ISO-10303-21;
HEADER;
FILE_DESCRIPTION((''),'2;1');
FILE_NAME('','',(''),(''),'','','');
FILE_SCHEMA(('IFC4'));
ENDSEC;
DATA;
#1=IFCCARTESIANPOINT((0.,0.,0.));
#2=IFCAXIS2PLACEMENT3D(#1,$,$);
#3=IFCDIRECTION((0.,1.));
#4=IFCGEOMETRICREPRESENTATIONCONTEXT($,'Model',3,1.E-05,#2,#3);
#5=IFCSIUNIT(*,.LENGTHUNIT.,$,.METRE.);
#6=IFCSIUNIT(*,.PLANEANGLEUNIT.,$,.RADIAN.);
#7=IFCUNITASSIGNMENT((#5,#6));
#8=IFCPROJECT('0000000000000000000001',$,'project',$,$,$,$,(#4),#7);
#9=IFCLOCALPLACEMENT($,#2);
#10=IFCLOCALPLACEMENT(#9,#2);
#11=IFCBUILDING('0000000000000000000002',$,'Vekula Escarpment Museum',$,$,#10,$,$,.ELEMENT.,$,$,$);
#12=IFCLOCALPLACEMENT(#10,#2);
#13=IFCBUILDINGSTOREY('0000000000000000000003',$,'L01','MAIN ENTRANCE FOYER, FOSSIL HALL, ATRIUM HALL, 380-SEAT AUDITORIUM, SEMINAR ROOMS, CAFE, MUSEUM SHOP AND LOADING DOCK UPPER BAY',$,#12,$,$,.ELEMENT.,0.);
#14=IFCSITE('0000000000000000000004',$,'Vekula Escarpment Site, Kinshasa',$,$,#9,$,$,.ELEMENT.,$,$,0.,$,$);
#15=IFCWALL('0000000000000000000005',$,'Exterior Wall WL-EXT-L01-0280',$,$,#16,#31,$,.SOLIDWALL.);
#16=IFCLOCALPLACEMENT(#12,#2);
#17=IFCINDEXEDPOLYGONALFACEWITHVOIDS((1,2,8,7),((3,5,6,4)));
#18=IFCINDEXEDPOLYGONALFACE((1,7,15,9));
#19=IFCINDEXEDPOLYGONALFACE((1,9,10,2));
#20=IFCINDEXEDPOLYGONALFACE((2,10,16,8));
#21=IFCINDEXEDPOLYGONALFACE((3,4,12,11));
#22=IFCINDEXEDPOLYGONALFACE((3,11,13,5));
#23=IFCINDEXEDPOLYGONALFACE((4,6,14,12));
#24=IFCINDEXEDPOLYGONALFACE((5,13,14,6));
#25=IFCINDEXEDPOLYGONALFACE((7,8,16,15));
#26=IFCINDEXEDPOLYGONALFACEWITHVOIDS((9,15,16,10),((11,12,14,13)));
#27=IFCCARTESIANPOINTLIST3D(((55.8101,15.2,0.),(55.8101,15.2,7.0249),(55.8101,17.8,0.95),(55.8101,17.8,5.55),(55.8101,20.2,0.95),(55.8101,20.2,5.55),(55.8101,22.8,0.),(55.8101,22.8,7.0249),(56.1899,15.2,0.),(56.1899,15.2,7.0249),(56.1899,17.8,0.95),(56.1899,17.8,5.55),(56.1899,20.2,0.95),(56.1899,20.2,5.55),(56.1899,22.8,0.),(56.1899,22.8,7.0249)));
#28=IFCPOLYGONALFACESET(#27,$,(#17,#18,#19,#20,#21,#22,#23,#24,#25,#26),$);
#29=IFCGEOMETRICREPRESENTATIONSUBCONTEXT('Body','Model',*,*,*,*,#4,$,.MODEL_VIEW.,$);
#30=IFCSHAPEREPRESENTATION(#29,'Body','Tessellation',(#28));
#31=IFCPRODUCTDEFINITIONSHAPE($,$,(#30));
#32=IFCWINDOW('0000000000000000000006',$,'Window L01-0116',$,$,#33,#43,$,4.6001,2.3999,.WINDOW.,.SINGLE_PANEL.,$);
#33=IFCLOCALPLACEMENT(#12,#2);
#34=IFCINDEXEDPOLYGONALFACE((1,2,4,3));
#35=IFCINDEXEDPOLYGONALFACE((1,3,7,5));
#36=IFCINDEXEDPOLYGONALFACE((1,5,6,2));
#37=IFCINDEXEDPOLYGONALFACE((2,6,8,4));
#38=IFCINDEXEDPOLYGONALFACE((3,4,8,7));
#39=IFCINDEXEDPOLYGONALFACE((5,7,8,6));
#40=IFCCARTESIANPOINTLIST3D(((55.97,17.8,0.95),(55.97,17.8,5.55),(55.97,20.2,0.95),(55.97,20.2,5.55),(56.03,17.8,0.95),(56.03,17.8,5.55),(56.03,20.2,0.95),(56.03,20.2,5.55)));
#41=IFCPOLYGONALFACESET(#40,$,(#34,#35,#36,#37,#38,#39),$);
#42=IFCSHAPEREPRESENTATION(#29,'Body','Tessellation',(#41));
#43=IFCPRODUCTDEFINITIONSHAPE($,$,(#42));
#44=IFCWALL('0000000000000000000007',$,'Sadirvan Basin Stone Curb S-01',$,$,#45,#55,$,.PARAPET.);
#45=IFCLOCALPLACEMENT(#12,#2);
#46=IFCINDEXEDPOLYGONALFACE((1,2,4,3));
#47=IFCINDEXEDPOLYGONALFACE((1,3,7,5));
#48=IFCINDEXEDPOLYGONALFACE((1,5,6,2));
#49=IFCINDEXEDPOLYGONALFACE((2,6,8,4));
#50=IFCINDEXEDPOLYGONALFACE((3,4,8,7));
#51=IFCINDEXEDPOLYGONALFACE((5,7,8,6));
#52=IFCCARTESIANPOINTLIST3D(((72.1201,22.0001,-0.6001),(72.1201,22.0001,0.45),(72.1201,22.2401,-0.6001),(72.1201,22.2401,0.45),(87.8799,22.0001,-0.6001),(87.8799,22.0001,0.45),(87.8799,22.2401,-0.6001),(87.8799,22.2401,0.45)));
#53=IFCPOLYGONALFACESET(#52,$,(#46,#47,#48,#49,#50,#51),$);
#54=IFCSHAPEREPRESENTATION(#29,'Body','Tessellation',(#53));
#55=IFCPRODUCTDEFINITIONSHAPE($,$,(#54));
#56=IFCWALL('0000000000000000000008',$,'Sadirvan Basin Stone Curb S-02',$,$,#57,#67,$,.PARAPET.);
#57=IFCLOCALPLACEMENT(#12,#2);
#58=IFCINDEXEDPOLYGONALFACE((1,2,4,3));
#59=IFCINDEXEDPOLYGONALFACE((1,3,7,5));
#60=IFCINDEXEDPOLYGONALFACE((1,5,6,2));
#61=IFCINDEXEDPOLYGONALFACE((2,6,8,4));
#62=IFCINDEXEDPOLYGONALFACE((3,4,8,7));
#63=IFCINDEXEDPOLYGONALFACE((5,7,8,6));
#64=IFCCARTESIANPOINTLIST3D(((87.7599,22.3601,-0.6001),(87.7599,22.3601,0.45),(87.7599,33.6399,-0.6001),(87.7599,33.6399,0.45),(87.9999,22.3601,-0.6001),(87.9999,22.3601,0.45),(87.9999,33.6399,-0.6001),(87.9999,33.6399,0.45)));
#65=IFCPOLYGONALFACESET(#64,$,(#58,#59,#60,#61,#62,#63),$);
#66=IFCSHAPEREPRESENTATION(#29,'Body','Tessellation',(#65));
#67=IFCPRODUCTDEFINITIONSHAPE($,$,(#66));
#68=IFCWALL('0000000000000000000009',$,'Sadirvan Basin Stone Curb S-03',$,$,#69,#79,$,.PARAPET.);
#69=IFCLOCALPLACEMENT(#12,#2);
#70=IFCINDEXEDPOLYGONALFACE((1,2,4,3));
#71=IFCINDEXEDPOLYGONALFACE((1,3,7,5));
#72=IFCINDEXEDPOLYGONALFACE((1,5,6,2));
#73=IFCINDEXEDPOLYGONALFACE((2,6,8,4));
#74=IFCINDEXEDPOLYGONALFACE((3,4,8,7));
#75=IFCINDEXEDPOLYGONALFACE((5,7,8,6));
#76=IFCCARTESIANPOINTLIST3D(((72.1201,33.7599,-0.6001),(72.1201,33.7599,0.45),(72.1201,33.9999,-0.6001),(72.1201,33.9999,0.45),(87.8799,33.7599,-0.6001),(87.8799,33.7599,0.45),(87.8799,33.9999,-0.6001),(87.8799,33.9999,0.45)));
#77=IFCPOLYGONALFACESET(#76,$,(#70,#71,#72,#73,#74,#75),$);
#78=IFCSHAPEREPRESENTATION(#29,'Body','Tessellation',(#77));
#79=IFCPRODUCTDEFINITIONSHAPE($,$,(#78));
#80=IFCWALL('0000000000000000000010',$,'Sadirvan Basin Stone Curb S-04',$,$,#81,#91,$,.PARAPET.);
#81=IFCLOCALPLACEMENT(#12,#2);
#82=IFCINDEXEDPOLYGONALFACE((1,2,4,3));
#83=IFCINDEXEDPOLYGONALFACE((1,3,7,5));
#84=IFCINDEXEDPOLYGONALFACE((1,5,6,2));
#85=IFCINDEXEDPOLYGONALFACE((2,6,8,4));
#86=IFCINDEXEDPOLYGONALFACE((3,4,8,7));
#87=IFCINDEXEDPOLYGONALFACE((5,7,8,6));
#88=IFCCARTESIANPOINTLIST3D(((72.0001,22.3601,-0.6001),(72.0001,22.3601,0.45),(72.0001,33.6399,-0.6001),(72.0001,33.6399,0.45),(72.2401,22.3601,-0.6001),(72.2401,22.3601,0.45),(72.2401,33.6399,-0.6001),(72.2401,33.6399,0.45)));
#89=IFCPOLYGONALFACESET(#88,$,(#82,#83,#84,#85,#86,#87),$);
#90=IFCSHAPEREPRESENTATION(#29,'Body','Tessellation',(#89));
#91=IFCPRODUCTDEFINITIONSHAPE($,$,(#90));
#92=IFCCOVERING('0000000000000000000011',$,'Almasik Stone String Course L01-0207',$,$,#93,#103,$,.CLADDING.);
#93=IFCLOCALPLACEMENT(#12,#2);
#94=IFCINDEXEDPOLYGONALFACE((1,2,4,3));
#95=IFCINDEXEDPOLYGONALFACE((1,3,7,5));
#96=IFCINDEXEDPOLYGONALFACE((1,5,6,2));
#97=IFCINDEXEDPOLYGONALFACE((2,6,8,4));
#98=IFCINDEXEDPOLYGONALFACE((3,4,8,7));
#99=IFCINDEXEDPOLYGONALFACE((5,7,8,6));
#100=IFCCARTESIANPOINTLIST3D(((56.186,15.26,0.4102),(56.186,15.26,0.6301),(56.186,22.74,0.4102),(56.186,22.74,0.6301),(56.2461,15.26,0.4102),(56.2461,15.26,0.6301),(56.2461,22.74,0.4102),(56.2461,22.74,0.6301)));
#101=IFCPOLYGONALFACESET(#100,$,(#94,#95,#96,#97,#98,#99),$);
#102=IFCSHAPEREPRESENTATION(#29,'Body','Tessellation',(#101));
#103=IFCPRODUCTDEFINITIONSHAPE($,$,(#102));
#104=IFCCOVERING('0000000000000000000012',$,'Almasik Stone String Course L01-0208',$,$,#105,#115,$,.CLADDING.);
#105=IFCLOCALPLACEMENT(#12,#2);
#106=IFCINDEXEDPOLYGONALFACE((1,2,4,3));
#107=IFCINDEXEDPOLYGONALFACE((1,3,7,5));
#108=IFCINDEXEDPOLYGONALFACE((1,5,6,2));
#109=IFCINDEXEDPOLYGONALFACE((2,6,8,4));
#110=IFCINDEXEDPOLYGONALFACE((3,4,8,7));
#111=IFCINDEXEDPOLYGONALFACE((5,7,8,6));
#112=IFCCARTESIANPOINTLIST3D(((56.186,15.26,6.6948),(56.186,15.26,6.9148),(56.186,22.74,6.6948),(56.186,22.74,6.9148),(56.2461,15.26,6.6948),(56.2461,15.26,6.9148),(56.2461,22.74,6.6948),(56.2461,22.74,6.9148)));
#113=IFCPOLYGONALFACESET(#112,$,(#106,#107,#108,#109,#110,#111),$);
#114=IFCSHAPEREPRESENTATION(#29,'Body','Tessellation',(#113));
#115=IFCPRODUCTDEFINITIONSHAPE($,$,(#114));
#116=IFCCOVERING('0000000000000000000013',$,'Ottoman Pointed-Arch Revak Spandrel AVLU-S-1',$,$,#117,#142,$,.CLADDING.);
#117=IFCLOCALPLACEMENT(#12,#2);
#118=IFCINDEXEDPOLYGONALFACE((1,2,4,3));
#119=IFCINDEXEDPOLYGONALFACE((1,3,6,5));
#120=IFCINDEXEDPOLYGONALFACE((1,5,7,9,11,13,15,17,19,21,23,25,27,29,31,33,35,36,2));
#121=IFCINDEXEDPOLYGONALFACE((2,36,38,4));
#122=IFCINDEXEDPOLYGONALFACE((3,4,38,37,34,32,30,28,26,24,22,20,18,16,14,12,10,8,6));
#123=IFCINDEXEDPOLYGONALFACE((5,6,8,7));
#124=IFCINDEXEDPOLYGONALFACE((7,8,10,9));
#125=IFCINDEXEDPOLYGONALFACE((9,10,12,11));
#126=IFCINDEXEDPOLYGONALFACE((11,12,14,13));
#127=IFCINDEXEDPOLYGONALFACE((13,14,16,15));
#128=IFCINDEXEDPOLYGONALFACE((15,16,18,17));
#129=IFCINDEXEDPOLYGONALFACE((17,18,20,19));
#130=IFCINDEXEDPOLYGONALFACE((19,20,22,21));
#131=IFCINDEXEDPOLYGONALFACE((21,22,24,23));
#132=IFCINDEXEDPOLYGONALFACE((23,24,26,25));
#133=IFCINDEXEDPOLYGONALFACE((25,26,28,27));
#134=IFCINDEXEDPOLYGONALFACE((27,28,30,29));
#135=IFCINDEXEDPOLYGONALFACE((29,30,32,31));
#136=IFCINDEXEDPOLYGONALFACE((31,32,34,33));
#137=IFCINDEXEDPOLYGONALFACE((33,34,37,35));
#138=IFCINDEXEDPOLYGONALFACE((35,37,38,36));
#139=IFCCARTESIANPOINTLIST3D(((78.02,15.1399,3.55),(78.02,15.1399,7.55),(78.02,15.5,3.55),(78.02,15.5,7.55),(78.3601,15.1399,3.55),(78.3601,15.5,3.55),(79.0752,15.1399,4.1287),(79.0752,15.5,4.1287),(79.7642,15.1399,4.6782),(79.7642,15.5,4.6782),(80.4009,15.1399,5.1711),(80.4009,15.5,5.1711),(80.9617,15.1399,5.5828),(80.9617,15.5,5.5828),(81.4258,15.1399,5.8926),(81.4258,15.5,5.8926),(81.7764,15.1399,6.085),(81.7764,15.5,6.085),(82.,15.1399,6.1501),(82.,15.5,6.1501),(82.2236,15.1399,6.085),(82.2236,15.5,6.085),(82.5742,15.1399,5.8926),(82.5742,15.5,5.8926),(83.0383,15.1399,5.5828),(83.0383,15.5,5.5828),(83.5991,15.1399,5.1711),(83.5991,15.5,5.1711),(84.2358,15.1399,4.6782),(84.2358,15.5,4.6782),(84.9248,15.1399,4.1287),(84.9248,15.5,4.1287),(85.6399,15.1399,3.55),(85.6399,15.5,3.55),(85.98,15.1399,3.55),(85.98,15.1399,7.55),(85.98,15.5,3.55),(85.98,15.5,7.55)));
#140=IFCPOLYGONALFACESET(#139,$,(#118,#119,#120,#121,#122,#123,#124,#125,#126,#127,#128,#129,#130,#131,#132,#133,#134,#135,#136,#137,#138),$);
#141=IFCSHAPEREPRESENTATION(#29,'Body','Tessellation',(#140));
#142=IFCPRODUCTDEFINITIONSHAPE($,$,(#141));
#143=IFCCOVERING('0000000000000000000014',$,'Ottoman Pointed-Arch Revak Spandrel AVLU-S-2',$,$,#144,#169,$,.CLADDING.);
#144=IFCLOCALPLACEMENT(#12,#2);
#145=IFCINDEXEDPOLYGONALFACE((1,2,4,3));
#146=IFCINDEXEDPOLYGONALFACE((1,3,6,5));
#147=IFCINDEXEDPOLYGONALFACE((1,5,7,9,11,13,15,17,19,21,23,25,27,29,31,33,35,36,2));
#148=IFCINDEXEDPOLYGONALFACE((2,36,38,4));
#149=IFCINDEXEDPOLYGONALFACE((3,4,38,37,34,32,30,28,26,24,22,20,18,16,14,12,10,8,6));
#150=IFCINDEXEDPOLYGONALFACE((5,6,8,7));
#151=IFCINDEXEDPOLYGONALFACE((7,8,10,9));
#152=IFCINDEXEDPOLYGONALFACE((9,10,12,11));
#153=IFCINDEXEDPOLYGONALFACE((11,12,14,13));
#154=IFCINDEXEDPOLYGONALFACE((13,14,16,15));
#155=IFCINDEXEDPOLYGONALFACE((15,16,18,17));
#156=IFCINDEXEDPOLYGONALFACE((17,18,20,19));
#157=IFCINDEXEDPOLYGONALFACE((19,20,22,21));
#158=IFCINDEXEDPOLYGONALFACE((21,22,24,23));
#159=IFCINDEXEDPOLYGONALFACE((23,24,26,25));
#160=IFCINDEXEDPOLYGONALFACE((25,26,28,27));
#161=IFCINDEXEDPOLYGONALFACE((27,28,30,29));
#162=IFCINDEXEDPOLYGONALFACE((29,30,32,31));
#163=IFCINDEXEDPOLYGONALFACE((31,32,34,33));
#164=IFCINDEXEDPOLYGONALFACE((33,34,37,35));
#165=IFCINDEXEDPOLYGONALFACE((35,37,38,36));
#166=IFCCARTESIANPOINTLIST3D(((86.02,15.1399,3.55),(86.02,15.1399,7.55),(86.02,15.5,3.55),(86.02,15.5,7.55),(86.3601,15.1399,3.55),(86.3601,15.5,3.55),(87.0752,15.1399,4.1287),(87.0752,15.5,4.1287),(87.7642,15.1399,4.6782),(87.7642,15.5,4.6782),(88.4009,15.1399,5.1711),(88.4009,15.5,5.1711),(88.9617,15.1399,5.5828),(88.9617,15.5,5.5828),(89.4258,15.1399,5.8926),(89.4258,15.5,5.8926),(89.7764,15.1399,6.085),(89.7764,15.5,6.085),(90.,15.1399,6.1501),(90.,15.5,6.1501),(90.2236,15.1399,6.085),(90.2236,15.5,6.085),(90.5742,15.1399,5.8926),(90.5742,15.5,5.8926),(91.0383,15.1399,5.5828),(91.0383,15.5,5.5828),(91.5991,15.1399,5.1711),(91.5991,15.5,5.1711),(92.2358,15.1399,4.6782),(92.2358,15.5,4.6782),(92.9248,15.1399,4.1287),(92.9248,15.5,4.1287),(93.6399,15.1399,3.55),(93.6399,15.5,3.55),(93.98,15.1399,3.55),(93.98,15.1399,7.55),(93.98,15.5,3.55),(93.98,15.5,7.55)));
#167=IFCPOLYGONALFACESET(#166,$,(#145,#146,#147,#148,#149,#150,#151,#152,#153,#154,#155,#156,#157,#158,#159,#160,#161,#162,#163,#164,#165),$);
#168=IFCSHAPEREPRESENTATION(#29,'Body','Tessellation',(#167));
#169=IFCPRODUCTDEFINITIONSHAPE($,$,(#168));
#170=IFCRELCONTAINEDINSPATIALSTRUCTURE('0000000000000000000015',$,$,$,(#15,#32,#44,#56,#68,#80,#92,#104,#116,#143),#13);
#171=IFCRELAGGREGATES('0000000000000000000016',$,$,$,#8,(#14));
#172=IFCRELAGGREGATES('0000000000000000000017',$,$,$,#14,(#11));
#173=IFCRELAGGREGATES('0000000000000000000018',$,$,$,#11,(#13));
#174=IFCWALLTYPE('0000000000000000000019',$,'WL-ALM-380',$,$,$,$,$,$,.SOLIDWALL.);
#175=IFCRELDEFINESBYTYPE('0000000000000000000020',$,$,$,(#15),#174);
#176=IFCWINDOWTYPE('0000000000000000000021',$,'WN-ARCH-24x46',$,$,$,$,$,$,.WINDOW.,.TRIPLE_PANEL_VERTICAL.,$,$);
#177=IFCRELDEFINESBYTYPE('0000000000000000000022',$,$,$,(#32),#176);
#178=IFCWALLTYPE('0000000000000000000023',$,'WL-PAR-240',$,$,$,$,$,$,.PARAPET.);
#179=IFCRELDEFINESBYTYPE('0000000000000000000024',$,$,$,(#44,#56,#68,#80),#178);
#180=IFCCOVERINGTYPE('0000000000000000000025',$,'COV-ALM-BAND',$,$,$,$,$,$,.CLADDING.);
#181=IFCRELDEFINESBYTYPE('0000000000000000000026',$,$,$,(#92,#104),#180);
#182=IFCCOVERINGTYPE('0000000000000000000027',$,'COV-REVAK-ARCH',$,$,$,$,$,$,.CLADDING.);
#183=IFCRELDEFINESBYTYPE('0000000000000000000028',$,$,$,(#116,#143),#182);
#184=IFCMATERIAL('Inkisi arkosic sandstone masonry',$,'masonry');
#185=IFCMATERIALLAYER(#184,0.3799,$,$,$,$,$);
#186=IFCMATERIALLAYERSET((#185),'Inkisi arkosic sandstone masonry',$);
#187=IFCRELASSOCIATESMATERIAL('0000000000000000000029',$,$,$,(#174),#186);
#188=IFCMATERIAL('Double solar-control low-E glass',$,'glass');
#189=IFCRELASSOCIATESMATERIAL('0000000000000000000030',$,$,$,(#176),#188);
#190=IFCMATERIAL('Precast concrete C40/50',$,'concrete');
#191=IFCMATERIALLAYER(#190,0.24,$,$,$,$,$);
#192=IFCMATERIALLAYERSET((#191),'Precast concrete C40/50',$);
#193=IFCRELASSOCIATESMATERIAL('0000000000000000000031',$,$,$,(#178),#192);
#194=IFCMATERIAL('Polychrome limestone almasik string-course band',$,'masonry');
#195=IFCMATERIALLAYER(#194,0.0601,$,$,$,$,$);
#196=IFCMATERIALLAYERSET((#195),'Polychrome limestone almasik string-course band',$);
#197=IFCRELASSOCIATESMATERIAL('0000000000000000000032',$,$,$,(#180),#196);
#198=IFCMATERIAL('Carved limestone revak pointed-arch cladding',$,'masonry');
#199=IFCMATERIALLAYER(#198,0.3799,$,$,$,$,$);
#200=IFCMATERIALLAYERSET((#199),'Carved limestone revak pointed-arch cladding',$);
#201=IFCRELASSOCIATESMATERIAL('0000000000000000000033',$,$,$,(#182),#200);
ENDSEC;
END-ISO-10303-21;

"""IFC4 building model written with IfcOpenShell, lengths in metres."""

from ifc_helpers import new_model, si_unit, direction, frame, frame_2d, origin, origin_2d, place, context, subcontext, project, spatial, polyline, rectangle, outline, extrude, material, layer, layer_set, type_object, element, fill, save


model = new_model("IFC4")

# Units and contexts
model_context = context("Model", 3, precision=1e-05, world=origin(), true_north=direction((0.0, 1.0)))
body_context = subcontext(model_context, "Body", "Model", "MODEL_VIEW")
ifc_project = project(units=[si_unit("LENGTHUNIT", "METRE"), si_unit("PLANEANGLEUNIT", "RADIAN")], contexts=[model_context])

# Site, building, storey
site_placement = place(None, origin())
site = spatial("IfcSite", under=ifc_project, at=site_placement, Name="Vekula Escarpment Site, Kinshasa", CompositionType="ELEMENT", RefElevation=0.0)
building_placement = place(site_placement, origin())
building = spatial("IfcBuilding", under=site, at=building_placement, Name="Vekula Escarpment Museum", CompositionType="ELEMENT")
storey_placement = place(building_placement, origin())
storey = spatial("IfcBuildingStorey", under=building, at=storey_placement, Name="L01", Description="MAIN ENTRANCE FOYER, FOSSIL HALL, ATRIUM HALL, 380-SEAT AUDITORIUM, SEMINAR ROOMS, CAFE, MUSEUM SHOP AND LOADING DOCK UPPER BAY", CompositionType="ELEMENT", Elevation=0.0)

# Wall, opening, window
ifc_material_1 = material(Name="Inkisi arkosic sandstone masonry", Category="masonry")
ifc_layer_1 = layer(ifc_material_1, 0.3799)
ifc_layer_set_1 = layer_set([ifc_layer_1], Name="Inkisi arkosic sandstone masonry")
wall_type_1 = type_object("IfcWallType", Name="WL-ALM-380", PredefinedType="SOLIDWALL", material=ifc_layer_set_1)
wall_1_placement = place(storey_placement, frame((56.0, 22.8, 0.0), z_axis=(0.0, 0.0, 1.0), x_axis=(0.0, -1.0, 0.0)))
wall_1 = element("IfcWall", 1, at=wall_1_placement, inside=storey, type_object=wall_type_1, Name="Exterior Wall WL-EXT-L01-0280", PredefinedType="SOLIDWALL", context=body_context, shape_type="SweptSolid", body=[
    extrude(rectangle(XDim=7.6001, YDim=0.3799, at=frame_2d((3.8, 0.0))), origin(), (0.0, 0.0, 1.0), 7.0249),
])
opening_placement = place(wall_1_placement, frame((2.6001, 0.0, 0.95)))
opening = element("IfcOpeningElement", 2, at=opening_placement, cuts=wall_1, PredefinedType="OPENING", context=body_context, shape_type="SweptSolid", body=[
    extrude(rectangle(XDim=2.3999, YDim=4.6001, at=frame_2d((1.2, 2.3))), frame((0.0, 0.2, 0.0), z_axis=(0.0, -1.0, 0.0), x_axis=(1.0, 0.0, 0.0)), (0.0, 0.0, 1.0), 0.3999),
])
ifc_material_2 = material(Name="Double solar-control low-E glass", Category="glass")
window_type = type_object("IfcWindowType", Name="WN-ARCH-24x46", PartitioningType="TRIPLE_PANEL_VERTICAL", PredefinedType="WINDOW", material=ifc_material_2)
window_placement = place(opening_placement, origin())
window = element("IfcWindow", 3, at=window_placement, inside=storey, type_object=window_type, Name="Window L01-0116", OverallHeight=4.6001, OverallWidth=2.3999, PartitioningType="SINGLE_PANEL", PredefinedType="WINDOW", context=body_context, shape_type="SweptSolid", body=[
    extrude(rectangle(XDim=2.3999, YDim=4.6001, at=frame_2d((1.2, 2.3))), frame((0.0, 0.03, 0.0), z_axis=(0.0, -1.0, 0.0), x_axis=(1.0, 0.0, 0.0)), (0.0, 0.0, 1.0), 0.0601),
])
fill(opening, window)

# Walls
ifc_material_3 = material(Name="Precast concrete C40/50", Category="concrete")
ifc_layer_2 = layer(ifc_material_3, 0.24)
ifc_layer_set_2 = layer_set([ifc_layer_2], Name="Precast concrete C40/50")
wall_type_2 = type_object("IfcWallType", Name="WL-PAR-240", PredefinedType="PARAPET", material=ifc_layer_set_2)
wall_2_placement = place(storey_placement, frame((72.1201, 22.1201, -0.6001), z_axis=(0.0, 0.0, 1.0), x_axis=(1.0, 0.0, 0.0)))
element("IfcWall", 4, at=wall_2_placement, inside=storey, type_object=wall_type_2, Name="Sadirvan Basin Stone Curb S-01", PredefinedType="PARAPET", context=body_context, shape_type="SweptSolid", body=[
    extrude(rectangle(XDim=15.7598, YDim=0.24, at=frame_2d((7.8799, 0.0))), origin(), (0.0, 0.0, 1.0), 1.05),
])
wall_3_placement = place(storey_placement, frame((87.8799, 22.3601, -0.6001), z_axis=(0.0, 0.0, 1.0), x_axis=(0.0, 1.0, 0.0)))
element("IfcWall", 5, at=wall_3_placement, inside=storey, type_object=wall_type_2, Name="Sadirvan Basin Stone Curb S-02", PredefinedType="PARAPET", context=body_context, shape_type="SweptSolid", body=[
    extrude(rectangle(XDim=11.2798, YDim=0.24, at=frame_2d((5.6399, 0.0))), origin(), (0.0, 0.0, 1.0), 1.05),
])
wall_4_placement = place(storey_placement, frame((87.8799, 33.8799, -0.6001), z_axis=(0.0, 0.0, 1.0), x_axis=(-1.0, 0.0, 0.0)))
element("IfcWall", 6, at=wall_4_placement, inside=storey, type_object=wall_type_2, Name="Sadirvan Basin Stone Curb S-03", PredefinedType="PARAPET", context=body_context, shape_type="SweptSolid", body=[
    extrude(rectangle(XDim=15.7598, YDim=0.24, at=frame_2d((7.8799, 0.0))), origin(), (0.0, 0.0, 1.0), 1.05),
])
wall_5_placement = place(storey_placement, frame((72.1201, 33.6399, -0.6001), z_axis=(0.0, 0.0, 1.0), x_axis=(0.0, -1.0, 0.0)))
element("IfcWall", 7, at=wall_5_placement, inside=storey, type_object=wall_type_2, Name="Sadirvan Basin Stone Curb S-04", PredefinedType="PARAPET", context=body_context, shape_type="SweptSolid", body=[
    extrude(rectangle(XDim=11.2798, YDim=0.24, at=frame_2d((5.6399, 0.0))), origin(), (0.0, 0.0, 1.0), 1.05),
])

# Coverings
ifc_material_4 = material(Name="Polychrome limestone almasik string-course band", Category="masonry")
ifc_layer_3 = layer(ifc_material_4, 0.0601)
ifc_layer_set_3 = layer_set([ifc_layer_3], Name="Polychrome limestone almasik string-course band")
covering_type_1 = type_object("IfcCoveringType", Name="COV-ALM-BAND", PredefinedType="CLADDING", material=ifc_layer_set_3)
for number, where, z_axis, x_axis, name in (
    (8, (56.2161, 19.0, 0.4102), (0.0, 0.0, 1.0), (0.0, 1.0, 0.0), "Almasik Stone String Course L01-0207"),
    (9, (56.2161, 19.0, 6.6948), (0.0, 0.0, 1.0), (0.0, 1.0, 0.0), "Almasik Stone String Course L01-0208"),
):
    element("IfcCovering", number, at=place(storey_placement, frame(where, z_axis=z_axis, x_axis=x_axis)), inside=storey, type_object=covering_type_1, Name=name, PredefinedType="CLADDING", context=body_context, shape_type="SweptSolid", body=[
        extrude(rectangle(XDim=7.48, YDim=0.0601, at=origin_2d()), origin(), (0.0, 0.0, 1.0), 0.22),
    ])
ifc_material_5 = material(Name="Carved limestone revak pointed-arch cladding", Category="masonry")
ifc_layer_4 = layer(ifc_material_5, 0.3799)
ifc_layer_set_4 = layer_set([ifc_layer_4], Name="Carved limestone revak pointed-arch cladding")
covering_type_2 = type_object("IfcCoveringType", Name="COV-REVAK-ARCH", PredefinedType="CLADDING", material=ifc_layer_set_4)
for number, where, z_axis, x_axis, name in (
    (10, (82.0, 15.5, 3.55), (0.0, -1.0, 0.0), (1.0, 0.0, 0.0), "Ottoman Pointed-Arch Revak Spandrel AVLU-S-1"),
    (11, (90.0, 15.5, 3.55), (0.0, -1.0, 0.0), (1.0, 0.0, 0.0), "Ottoman Pointed-Arch Revak Spandrel AVLU-S-2"),
):
    element("IfcCovering", number, at=place(storey_placement, frame(where, z_axis=z_axis, x_axis=x_axis)), inside=storey, type_object=covering_type_2, Name=name, PredefinedType="CLADDING", context=body_context, shape_type="SweptSolid", body=[
        extrude(outline(polyline([(-3.98, 4.0), (3.98, 4.0), (3.98, 0.0), (3.6399, 0.0), (2.9248, 0.5786), (2.2358, 1.1282), (1.5991, 1.6211), (1.0383, 2.0327), (0.5742, 2.3425), (0.2236, 2.5349), (0.0, 2.6001), (-0.2236, 2.5349), (-0.5742, 2.3425), (-1.0383, 2.0327), (-1.5991, 1.6211), (-2.2358, 1.1282), (-2.9248, 0.5786), (-3.6399, 0.0), (-3.98, 0.0), (-3.98, 4.0)])), origin(), (0.0, 0.0, 1.0), 0.3601),
    ])

save(model, "model.ifc")
